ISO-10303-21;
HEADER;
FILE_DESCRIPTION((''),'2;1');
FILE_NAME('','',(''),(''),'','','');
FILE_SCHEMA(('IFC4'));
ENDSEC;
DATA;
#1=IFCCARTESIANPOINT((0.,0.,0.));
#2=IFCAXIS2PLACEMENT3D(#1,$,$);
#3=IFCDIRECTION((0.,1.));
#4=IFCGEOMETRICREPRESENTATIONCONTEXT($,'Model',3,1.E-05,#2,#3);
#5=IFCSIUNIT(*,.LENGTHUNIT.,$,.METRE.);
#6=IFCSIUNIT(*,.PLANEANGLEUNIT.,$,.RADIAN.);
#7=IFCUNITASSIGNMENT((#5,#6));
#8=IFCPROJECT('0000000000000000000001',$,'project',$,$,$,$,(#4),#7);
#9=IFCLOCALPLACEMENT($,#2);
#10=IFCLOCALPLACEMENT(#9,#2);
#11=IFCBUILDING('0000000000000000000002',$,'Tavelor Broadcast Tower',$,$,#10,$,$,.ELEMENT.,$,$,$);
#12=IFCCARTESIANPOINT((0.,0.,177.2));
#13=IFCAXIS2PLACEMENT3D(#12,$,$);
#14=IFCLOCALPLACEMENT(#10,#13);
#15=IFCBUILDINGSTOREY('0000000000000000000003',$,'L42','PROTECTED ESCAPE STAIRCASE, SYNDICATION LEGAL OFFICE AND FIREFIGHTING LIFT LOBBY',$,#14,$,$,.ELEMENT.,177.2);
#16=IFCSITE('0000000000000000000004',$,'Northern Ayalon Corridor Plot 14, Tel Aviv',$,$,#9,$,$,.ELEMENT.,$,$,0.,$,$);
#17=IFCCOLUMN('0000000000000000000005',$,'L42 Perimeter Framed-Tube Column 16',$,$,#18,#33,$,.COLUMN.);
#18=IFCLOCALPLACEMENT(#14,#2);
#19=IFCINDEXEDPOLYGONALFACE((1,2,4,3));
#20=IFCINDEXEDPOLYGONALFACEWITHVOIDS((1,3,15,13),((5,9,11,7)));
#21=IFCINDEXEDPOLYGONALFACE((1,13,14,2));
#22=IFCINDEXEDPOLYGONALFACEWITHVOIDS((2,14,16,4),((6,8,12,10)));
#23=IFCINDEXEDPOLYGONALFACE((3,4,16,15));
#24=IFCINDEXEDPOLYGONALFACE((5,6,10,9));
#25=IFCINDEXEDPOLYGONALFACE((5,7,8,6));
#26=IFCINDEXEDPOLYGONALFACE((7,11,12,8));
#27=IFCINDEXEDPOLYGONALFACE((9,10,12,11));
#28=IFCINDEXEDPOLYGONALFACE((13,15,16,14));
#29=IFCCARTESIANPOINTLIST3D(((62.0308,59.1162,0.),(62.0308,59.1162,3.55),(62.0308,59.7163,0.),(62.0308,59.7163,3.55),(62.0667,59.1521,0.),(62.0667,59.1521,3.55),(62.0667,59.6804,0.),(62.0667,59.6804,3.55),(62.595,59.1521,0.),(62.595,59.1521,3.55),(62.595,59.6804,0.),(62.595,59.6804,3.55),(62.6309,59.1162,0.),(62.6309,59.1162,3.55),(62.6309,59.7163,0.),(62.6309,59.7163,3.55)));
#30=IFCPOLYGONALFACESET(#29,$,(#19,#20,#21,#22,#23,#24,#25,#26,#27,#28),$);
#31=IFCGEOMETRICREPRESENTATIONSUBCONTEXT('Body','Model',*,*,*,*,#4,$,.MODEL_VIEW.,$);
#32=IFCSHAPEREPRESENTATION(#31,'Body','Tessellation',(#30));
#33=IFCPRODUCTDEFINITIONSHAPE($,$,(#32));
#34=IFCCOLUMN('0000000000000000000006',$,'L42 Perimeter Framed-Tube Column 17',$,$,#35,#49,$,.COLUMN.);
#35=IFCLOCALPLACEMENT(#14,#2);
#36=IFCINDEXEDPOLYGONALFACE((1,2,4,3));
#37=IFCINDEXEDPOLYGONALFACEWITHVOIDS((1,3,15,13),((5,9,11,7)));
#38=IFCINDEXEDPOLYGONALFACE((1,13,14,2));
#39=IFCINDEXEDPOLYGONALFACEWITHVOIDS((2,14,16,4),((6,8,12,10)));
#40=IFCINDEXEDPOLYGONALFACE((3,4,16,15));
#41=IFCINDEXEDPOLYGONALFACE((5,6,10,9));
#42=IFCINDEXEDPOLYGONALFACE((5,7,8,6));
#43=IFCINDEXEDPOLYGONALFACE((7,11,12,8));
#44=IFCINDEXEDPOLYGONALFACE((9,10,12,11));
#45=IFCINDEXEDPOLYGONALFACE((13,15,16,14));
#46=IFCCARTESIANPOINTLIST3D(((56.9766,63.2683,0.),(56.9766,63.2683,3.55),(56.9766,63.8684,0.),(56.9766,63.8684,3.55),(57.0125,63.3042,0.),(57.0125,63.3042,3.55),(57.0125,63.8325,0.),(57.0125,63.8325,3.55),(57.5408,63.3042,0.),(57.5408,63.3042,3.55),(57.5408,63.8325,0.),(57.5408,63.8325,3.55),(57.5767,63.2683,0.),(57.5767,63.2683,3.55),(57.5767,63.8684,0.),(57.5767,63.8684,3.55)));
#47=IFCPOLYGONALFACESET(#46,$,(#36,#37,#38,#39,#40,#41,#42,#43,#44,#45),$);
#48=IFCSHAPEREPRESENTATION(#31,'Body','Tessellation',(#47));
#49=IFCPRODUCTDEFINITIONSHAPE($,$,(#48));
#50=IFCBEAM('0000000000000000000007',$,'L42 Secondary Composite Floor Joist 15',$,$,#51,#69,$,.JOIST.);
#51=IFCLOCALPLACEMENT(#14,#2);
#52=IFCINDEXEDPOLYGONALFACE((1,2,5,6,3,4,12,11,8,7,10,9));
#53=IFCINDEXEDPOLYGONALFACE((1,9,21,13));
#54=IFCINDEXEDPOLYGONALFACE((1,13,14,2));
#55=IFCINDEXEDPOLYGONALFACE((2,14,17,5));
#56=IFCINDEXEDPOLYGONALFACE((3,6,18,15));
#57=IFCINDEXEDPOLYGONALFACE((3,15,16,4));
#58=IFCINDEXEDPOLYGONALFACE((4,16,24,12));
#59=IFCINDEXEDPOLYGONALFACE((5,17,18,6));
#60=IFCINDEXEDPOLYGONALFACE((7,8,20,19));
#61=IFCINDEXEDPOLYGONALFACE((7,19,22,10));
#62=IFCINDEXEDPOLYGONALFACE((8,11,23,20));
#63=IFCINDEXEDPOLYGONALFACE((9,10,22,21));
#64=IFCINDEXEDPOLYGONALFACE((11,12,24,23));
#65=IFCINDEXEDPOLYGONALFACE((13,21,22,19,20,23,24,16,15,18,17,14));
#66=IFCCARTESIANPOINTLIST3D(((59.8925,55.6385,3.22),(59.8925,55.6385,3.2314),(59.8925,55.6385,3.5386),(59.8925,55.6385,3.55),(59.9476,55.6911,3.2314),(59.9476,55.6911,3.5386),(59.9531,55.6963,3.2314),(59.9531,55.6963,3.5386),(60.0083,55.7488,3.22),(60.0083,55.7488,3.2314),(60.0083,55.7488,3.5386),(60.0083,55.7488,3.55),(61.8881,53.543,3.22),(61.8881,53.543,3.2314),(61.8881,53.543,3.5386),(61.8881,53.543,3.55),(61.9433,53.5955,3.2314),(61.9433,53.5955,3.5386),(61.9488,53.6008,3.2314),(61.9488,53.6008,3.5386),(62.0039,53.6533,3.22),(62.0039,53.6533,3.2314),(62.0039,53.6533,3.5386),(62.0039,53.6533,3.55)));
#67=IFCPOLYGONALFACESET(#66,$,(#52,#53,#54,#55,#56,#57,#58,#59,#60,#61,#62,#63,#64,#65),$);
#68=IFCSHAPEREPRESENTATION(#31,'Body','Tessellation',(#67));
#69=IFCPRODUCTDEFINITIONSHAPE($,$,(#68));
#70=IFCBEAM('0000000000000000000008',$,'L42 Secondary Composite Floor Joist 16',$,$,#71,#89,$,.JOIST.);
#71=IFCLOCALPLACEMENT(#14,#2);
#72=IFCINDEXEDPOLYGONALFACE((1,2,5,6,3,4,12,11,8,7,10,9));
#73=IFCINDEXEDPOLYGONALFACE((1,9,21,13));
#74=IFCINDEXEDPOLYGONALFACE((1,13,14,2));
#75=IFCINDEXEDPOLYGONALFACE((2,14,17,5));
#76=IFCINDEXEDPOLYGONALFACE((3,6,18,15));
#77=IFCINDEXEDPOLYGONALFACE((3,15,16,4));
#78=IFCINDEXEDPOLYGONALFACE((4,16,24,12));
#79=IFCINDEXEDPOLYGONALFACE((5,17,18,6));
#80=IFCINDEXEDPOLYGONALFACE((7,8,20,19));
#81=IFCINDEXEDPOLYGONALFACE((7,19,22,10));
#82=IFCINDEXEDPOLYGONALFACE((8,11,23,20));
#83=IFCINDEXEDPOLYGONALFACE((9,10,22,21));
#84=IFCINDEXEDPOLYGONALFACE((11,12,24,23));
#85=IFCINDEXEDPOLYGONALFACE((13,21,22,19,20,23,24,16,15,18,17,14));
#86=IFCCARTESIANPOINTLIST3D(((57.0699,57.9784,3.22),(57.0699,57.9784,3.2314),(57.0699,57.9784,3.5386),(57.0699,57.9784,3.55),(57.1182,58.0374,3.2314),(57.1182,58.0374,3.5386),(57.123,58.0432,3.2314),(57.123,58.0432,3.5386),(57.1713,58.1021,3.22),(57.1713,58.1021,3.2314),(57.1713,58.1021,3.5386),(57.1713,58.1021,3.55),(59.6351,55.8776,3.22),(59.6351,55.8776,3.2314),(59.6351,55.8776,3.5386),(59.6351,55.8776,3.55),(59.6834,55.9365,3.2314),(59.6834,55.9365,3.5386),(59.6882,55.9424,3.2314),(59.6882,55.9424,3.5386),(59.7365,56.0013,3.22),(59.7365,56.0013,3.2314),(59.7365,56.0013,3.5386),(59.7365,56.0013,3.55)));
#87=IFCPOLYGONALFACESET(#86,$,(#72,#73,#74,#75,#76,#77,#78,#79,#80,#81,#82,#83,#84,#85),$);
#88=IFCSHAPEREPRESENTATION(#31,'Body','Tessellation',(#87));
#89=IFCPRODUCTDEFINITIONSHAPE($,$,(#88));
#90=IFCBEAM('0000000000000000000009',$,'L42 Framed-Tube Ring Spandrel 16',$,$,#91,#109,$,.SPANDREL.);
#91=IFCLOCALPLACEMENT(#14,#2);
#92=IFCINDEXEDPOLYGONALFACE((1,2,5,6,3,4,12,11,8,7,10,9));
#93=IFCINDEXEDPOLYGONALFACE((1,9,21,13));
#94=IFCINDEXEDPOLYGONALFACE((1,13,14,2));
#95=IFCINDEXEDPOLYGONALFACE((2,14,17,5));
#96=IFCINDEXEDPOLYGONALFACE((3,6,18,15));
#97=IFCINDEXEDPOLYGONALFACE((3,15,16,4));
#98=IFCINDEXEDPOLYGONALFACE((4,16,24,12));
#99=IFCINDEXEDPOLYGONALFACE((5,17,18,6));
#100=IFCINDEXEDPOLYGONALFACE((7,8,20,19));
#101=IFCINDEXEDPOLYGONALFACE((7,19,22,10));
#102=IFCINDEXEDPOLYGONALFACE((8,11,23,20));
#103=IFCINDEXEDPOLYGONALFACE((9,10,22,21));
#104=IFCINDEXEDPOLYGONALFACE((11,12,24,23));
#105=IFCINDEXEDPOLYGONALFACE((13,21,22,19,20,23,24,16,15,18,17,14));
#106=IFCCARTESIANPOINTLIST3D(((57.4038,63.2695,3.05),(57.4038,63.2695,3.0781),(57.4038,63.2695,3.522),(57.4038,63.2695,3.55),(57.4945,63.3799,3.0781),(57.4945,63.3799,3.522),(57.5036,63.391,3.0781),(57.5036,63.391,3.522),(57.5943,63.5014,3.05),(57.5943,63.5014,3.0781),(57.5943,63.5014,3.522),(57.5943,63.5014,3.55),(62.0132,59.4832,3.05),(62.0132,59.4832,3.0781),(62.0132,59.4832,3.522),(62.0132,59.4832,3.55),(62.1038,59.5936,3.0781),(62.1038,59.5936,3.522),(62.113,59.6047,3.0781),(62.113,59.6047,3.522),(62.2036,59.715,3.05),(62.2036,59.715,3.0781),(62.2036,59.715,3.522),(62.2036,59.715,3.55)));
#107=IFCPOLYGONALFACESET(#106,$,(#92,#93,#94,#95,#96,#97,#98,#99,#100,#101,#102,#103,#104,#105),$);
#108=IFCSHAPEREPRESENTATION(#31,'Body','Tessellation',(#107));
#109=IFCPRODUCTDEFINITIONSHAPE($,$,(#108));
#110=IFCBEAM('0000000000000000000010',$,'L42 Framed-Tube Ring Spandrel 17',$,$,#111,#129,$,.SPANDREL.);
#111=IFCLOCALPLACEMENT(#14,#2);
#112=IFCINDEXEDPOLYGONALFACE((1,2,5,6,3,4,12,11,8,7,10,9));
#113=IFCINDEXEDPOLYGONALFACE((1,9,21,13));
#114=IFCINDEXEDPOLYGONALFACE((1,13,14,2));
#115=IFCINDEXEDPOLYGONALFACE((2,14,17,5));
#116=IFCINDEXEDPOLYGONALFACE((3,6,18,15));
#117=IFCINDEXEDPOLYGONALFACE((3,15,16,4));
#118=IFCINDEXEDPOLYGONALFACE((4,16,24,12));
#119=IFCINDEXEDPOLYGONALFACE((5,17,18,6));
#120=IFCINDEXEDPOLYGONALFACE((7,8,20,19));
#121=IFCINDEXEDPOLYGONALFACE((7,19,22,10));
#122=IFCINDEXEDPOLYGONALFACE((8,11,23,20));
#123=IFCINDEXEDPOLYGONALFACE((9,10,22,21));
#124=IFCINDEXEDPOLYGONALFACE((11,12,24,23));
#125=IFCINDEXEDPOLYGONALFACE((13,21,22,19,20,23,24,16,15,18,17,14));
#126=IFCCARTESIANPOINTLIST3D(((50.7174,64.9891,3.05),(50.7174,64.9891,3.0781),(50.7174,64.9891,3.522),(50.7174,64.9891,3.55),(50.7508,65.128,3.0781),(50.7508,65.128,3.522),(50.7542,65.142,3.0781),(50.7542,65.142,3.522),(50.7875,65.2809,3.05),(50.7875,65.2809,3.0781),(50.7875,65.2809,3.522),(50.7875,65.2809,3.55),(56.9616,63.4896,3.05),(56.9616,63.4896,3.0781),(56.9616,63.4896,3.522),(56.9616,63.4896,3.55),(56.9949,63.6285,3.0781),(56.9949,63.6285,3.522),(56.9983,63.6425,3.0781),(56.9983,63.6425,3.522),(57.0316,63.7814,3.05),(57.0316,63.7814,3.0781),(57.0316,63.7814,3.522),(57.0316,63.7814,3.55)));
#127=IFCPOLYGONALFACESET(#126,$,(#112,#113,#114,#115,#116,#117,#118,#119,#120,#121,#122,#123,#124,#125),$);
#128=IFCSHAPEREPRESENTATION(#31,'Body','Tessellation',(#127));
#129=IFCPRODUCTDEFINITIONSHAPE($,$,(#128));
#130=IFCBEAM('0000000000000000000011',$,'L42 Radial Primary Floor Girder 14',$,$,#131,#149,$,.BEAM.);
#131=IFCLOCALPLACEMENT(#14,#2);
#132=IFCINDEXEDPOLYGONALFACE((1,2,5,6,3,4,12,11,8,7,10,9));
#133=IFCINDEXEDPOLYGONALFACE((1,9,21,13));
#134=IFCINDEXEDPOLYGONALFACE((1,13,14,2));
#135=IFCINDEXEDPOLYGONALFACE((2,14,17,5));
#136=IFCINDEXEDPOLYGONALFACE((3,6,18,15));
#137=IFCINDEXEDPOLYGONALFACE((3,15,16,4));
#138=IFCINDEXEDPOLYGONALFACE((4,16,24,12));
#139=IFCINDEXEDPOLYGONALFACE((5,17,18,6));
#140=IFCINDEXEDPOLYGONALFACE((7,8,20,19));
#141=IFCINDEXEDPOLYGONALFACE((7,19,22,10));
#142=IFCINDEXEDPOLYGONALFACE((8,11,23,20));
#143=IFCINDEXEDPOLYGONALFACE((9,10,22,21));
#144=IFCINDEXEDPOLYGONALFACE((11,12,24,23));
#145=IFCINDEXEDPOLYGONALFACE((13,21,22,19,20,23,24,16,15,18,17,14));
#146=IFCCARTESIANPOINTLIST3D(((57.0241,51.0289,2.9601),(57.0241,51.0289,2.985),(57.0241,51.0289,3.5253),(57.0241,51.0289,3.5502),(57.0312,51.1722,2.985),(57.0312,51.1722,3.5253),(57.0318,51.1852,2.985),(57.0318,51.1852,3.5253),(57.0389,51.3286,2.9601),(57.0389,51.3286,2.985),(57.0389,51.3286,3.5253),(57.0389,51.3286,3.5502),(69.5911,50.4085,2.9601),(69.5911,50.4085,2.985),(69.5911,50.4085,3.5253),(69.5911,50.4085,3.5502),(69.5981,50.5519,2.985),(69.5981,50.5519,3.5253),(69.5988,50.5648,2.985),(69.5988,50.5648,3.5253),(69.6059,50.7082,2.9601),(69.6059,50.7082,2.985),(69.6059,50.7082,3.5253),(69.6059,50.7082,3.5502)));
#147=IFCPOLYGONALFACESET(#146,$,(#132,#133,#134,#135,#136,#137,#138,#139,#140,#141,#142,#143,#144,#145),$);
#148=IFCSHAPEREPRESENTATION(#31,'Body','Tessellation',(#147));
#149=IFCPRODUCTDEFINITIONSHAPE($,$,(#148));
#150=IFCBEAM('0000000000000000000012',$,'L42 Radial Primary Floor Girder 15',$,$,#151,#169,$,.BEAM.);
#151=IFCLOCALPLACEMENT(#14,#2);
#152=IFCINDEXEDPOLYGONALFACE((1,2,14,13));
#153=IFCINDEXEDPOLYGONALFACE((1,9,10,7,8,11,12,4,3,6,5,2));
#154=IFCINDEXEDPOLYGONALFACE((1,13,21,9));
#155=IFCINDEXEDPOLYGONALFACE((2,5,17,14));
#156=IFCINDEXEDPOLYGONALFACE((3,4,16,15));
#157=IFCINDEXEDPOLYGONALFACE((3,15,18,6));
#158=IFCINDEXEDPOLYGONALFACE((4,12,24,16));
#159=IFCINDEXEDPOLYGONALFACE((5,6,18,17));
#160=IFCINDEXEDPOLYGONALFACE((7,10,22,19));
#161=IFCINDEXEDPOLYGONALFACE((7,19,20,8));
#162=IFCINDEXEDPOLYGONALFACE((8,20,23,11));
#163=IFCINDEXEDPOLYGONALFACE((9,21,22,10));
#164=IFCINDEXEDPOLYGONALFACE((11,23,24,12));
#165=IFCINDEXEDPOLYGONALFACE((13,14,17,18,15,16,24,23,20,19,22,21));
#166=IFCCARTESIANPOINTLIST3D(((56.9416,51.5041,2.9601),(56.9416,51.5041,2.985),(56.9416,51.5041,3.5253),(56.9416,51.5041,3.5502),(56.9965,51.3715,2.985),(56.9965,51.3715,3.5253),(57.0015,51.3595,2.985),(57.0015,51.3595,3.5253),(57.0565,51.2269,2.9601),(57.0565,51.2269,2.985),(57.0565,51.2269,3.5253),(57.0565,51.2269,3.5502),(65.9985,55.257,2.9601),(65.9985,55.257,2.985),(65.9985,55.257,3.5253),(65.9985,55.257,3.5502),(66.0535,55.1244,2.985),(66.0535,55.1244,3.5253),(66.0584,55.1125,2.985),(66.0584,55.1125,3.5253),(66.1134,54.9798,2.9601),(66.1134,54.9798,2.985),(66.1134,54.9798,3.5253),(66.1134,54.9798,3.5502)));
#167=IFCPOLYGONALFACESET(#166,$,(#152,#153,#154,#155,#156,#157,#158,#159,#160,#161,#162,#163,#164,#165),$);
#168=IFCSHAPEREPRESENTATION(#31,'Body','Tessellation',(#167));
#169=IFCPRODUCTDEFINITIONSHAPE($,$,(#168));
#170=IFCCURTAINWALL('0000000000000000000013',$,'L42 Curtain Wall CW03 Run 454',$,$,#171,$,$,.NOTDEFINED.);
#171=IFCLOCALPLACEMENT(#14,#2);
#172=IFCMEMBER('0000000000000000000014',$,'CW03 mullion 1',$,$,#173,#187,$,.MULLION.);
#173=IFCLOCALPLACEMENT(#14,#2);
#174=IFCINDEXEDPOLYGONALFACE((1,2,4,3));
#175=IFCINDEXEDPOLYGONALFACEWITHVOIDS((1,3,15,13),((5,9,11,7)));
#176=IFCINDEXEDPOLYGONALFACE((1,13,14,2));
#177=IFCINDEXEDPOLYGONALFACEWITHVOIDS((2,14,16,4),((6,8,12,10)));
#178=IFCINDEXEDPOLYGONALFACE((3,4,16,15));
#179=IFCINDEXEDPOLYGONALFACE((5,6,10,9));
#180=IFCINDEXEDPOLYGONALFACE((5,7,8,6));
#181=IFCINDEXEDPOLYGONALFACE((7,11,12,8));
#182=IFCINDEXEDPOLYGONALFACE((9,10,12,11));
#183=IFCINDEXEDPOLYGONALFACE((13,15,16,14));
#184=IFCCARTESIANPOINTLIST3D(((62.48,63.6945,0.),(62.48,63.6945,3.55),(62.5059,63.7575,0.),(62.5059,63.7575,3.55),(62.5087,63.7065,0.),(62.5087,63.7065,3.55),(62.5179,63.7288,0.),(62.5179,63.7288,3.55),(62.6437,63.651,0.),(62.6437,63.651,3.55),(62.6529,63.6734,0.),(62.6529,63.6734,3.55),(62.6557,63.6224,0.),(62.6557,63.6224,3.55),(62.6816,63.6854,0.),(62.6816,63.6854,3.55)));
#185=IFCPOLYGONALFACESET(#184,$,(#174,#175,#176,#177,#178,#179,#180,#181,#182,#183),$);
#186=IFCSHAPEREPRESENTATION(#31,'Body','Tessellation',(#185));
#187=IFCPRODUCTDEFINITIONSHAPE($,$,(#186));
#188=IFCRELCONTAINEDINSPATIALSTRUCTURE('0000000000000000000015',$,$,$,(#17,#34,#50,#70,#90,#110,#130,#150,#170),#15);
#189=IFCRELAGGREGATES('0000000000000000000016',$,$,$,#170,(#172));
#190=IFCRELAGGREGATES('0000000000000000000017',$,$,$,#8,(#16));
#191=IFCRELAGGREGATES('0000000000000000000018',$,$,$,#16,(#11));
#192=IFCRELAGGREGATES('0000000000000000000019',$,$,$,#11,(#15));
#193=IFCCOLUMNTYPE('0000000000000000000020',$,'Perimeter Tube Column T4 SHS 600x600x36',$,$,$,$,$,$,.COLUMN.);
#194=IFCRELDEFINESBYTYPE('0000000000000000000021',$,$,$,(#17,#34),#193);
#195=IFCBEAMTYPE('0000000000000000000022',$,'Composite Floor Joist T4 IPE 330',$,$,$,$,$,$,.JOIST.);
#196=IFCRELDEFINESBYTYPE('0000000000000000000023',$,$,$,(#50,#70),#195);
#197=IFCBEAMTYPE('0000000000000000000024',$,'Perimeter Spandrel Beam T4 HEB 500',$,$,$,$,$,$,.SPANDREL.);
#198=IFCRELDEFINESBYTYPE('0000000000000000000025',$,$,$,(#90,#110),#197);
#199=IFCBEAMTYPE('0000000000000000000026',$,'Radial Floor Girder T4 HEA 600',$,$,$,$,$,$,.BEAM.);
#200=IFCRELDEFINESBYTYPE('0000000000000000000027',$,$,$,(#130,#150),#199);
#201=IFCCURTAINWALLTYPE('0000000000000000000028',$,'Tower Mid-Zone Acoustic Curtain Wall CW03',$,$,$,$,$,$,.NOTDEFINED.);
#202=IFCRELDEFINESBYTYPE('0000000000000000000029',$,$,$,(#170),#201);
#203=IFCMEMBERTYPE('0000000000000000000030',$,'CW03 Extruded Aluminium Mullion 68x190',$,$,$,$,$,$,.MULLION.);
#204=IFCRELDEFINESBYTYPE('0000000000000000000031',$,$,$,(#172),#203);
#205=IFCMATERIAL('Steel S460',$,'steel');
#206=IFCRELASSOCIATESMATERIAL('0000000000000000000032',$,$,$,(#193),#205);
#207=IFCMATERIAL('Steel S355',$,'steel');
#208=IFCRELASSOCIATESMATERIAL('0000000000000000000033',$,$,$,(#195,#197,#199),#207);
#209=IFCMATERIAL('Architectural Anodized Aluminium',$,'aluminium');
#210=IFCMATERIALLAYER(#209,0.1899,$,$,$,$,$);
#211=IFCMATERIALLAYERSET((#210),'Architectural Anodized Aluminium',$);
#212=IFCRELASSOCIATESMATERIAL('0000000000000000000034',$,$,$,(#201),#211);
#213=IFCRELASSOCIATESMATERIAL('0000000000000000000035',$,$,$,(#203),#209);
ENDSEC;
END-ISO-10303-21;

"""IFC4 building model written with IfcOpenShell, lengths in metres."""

from ifc_helpers import new_model, si_unit, direction, frame, origin, origin_2d, place, context, subcontext, project, spatial, hollow_rectangle, i_section, extrude, source, transform, mapped, material, layer, layer_set, material_profile, profile_set, type_object, type_shapes, element, aggregate, save


model = new_model("IFC4")

# Units and contexts
model_context = context("Model", 3, precision=1e-05, world=origin(), true_north=direction((0.0, 1.0)))
body_context = subcontext(model_context, "Body", "Model", "MODEL_VIEW")
ifc_project = project(units=[si_unit("LENGTHUNIT", "METRE"), si_unit("PLANEANGLEUNIT", "RADIAN")], contexts=[model_context])

# Site, building, storey
site_placement = place(None, origin())
site = spatial("IfcSite", under=ifc_project, at=site_placement, Name="Northern Ayalon Corridor Plot 14, Tel Aviv", CompositionType="ELEMENT", RefElevation=0.0)
building_placement = place(site_placement, origin())
building = spatial("IfcBuilding", under=site, at=building_placement, Name="Tavelor Broadcast Tower", CompositionType="ELEMENT")
storey_placement = place(building_placement, frame((0.0, 0.0, 177.2)))
storey = spatial("IfcBuildingStorey", under=building, at=storey_placement, Name="L42", Description="PROTECTED ESCAPE STAIRCASE, SYNDICATION LEGAL OFFICE AND FIREFIGHTING LIFT LOBBY", CompositionType="ELEMENT", Elevation=177.2)

# Columns
ifc_material_1 = material(Name="Steel S460", Category="steel")
ifc_material_profile_1 = material_profile(ifc_material_1, hollow_rectangle(XDim=0.6001, YDim=0.6001, WallThickness=0.0359, at=origin_2d()), Name="SHS 600x600x36")
ifc_profile_set_1 = profile_set([ifc_material_profile_1], Name="Steel S460")
column_type = type_object("IfcColumnType", Name="Perimeter Tube Column T4 SHS 600x600x36", PredefinedType="COLUMN", material=ifc_profile_set_1)
for number, where, z_axis, x_axis, name in (
    (1, (62.3308, 59.4163, 0.0), (0.0, 0.0, 1.0), (1.0, 0.0, 0.0), "L42 Perimeter Framed-Tube Column 16"),
    (2, (57.2766, 63.5684, 0.0), (0.0, 0.0, 1.0), (1.0, 0.0, 0.0), "L42 Perimeter Framed-Tube Column 17"),
):
    element("IfcColumn", number, at=place(storey_placement, frame(where, z_axis=z_axis, x_axis=x_axis)), inside=storey, type_object=column_type, Name=name, PredefinedType="COLUMN", context=body_context, shape_type="SweptSolid", body=[
        extrude(hollow_rectangle(XDim=0.6001, YDim=0.6001, WallThickness=0.0359, at=origin_2d()), origin(), (0.0, 0.0, 1.0), 3.55),
    ])

# Beams
ifc_material_2 = material(Name="Steel S355", Category="steel")
ifc_material_profile_2 = material_profile(ifc_material_2, i_section(OverallWidth=0.1599, OverallDepth=0.3301, WebThickness=0.0076, FlangeThickness=0.0115, at=origin_2d()), Name="IPE 330")
ifc_profile_set_2 = profile_set([ifc_material_profile_2], Name="Steel S355")
beam_type_1 = type_object("IfcBeamType", Name="Composite Floor Joist T4 IPE 330", PredefinedType="JOIST", material=ifc_profile_set_2)
beam_1_placement = place(storey_placement, frame((61.946, 53.5981, 3.385), z_axis=(-0.689643, 0.72415, 0.0), x_axis=(-0.72415, -0.689643, 0.0)))
element("IfcBeam", 3, at=beam_1_placement, inside=storey, type_object=beam_type_1, Name="L42 Secondary Composite Floor Joist 15", PredefinedType="JOIST", context=body_context, shape_type="SweptSolid", body=[
    extrude(i_section(OverallWidth=0.1599, OverallDepth=0.3301, WebThickness=0.0076, FlangeThickness=0.0115, at=origin_2d()), origin(), (0.0, 0.0, 1.0), 2.8938),
])
beam_2_placement = place(storey_placement, frame((59.6858, 55.9395, 3.385), z_axis=(-0.773655, 0.633607, 0.0), x_axis=(-0.633607, -0.773655, 0.0)))
element("IfcBeam", 4, at=beam_2_placement, inside=storey, type_object=beam_type_1, Name="L42 Secondary Composite Floor Joist 16", PredefinedType="JOIST", context=body_context, shape_type="SweptSolid", body=[
    extrude(i_section(OverallWidth=0.1599, OverallDepth=0.3301, WebThickness=0.0076, FlangeThickness=0.0115, at=origin_2d()), origin(), (0.0, 0.0, 1.0), 3.3157),
])
ifc_material_profile_3 = material_profile(ifc_material_2, i_section(OverallWidth=0.3, OverallDepth=0.5, WebThickness=0.0144, FlangeThickness=0.0281, at=origin_2d()), Name="HEB 500")
ifc_profile_set_3 = profile_set([ifc_material_profile_3], Name="Steel S355")
beam_type_2 = type_object("IfcBeamType", Name="Perimeter Spandrel Beam T4 HEB 500", PredefinedType="SPANDREL", material=ifc_profile_set_3)
beam_3_placement = place(storey_placement, frame((62.1084, 59.5991, 3.3), z_axis=(-0.772718, 0.63475, 0.0), x_axis=(-0.63475, -0.772718, 0.0)))
element("IfcBeam", 5, at=beam_3_placement, inside=storey, type_object=beam_type_2, Name="L42 Framed-Tube Ring Spandrel 16", PredefinedType="SPANDREL", context=body_context, shape_type="SweptSolid", body=[
    extrude(i_section(OverallWidth=0.3, OverallDepth=0.5, WebThickness=0.0144, FlangeThickness=0.0281, at=origin_2d()), origin(), (0.0, 0.0, 1.0), 5.9651),
])
beam_4_placement = place(storey_placement, frame((56.9966, 63.6355, 3.3), z_axis=(-0.972355, 0.233508, 0.0), x_axis=(-0.233508, -0.972355, 0.0)))
element("IfcBeam", 6, at=beam_4_placement, inside=storey, type_object=beam_type_2, Name="L42 Framed-Tube Ring Spandrel 17", PredefinedType="SPANDREL", context=body_context, shape_type="SweptSolid", body=[
    extrude(i_section(OverallWidth=0.3, OverallDepth=0.5, WebThickness=0.0144, FlangeThickness=0.0281, at=origin_2d()), origin(), (0.0, 0.0, 1.0), 6.4216),
])
ifc_material_profile_4 = material_profile(ifc_material_2, i_section(OverallWidth=0.3, OverallDepth=0.5901, WebThickness=0.0129, FlangeThickness=0.0249, at=origin_2d()), Name="HEA 600")
ifc_profile_set_4 = profile_set([ifc_material_profile_4], Name="Steel S355")
beam_type_3 = type_object("IfcBeamType", Name="Radial Floor Girder T4 HEA 600", PredefinedType="BEAM", material=ifc_profile_set_4)
beam_5_placement = place(storey_placement, frame((57.0315, 51.1787, 3.2551), z_axis=(0.998784, -0.049305, 0.0), x_axis=(0.049305, 0.998784, 0.0)))
element("IfcBeam", 7, at=beam_5_placement, inside=storey, type_object=beam_type_3, Name="L42 Radial Primary Floor Girder 14", PredefinedType="BEAM", context=body_context, shape_type="SweptSolid", body=[
    extrude(i_section(OverallWidth=0.3, OverallDepth=0.5901, WebThickness=0.0129, FlangeThickness=0.0249, at=origin_2d()), origin(), (0.0, 0.0, 1.0), 12.5823),
])
beam_6_placement = place(storey_placement, frame((56.999, 51.3655, 3.2551), z_axis=(0.923827, 0.382809, 0.0), x_axis=(-0.382809, 0.923827, 0.0)))
element("IfcBeam", 8, at=beam_6_placement, inside=storey, type_object=beam_type_3, Name="L42 Radial Primary Floor Girder 15", PredefinedType="BEAM", context=body_context, shape_type="SweptSolid", body=[
    extrude(i_section(OverallWidth=0.3, OverallDepth=0.5901, WebThickness=0.0129, FlangeThickness=0.0249, at=origin_2d()), origin(), (0.0, 0.0, 1.0), 9.8037),
])

# Curtain wall, member
ifc_material_3 = material(Name="Architectural Anodized Aluminium", Category="aluminium")
ifc_layer_1 = layer(ifc_material_3, 0.1899)
ifc_layer_set_1 = layer_set([ifc_layer_1], Name="Architectural Anodized Aluminium")
curtain_wall_type = type_object("IfcCurtainWallType", Name="Tower Mid-Zone Acoustic Curtain Wall CW03", PredefinedType="NOTDEFINED", material=ifc_layer_set_1)
curtain_wall_placement = place(storey_placement, origin())
curtain_wall = element("IfcCurtainWall", 9, at=curtain_wall_placement, inside=storey, type_object=curtain_wall_type, Name="L42 Curtain Wall CW03 Run 454", PredefinedType="NOTDEFINED")
ifc_material_profile_5 = material_profile(ifc_material_3, hollow_rectangle(XDim=0.0681, YDim=0.1899, WallThickness=0.022, at=origin_2d()), Name="RHS 68x190x22")
ifc_profile_set_5 = profile_set([ifc_material_profile_5], Name="Architectural Anodized Aluminium")
member_type_1 = type_object("IfcMemberType", Name="CW03 Extruded Aluminium Mullion 68x190", PredefinedType="MULLION", material=ifc_profile_set_5)
shared_shape_1 = source(origin(), body_context, "Body", "SweptSolid", [
    extrude(hollow_rectangle(XDim=0.0681, YDim=0.1899, WallThickness=0.022, at=origin_2d()), origin(), (0.0, 0.0, 1.0), 3.55),
])
type_shapes(member_type_1, [shared_shape_1])
member_1_placement = place(storey_placement, frame((62.5808, 63.6899, 0.0), z_axis=(0.0, 0.0, 1.0), x_axis=(-0.379855, -0.925046, 0.0)))
member_1 = element("IfcMember", 10, at=member_1_placement, type_object=member_type_1, Name="CW03 mullion 1", PredefinedType="MULLION", context=body_context, shape_type="MappedRepresentation", body=[
    mapped(shared_shape_1, transform((0.0, 0.0, 0.0), scale=1.0)),
])

aggregate(curtain_wall, [member_1])

save(model, "model.ifc")
